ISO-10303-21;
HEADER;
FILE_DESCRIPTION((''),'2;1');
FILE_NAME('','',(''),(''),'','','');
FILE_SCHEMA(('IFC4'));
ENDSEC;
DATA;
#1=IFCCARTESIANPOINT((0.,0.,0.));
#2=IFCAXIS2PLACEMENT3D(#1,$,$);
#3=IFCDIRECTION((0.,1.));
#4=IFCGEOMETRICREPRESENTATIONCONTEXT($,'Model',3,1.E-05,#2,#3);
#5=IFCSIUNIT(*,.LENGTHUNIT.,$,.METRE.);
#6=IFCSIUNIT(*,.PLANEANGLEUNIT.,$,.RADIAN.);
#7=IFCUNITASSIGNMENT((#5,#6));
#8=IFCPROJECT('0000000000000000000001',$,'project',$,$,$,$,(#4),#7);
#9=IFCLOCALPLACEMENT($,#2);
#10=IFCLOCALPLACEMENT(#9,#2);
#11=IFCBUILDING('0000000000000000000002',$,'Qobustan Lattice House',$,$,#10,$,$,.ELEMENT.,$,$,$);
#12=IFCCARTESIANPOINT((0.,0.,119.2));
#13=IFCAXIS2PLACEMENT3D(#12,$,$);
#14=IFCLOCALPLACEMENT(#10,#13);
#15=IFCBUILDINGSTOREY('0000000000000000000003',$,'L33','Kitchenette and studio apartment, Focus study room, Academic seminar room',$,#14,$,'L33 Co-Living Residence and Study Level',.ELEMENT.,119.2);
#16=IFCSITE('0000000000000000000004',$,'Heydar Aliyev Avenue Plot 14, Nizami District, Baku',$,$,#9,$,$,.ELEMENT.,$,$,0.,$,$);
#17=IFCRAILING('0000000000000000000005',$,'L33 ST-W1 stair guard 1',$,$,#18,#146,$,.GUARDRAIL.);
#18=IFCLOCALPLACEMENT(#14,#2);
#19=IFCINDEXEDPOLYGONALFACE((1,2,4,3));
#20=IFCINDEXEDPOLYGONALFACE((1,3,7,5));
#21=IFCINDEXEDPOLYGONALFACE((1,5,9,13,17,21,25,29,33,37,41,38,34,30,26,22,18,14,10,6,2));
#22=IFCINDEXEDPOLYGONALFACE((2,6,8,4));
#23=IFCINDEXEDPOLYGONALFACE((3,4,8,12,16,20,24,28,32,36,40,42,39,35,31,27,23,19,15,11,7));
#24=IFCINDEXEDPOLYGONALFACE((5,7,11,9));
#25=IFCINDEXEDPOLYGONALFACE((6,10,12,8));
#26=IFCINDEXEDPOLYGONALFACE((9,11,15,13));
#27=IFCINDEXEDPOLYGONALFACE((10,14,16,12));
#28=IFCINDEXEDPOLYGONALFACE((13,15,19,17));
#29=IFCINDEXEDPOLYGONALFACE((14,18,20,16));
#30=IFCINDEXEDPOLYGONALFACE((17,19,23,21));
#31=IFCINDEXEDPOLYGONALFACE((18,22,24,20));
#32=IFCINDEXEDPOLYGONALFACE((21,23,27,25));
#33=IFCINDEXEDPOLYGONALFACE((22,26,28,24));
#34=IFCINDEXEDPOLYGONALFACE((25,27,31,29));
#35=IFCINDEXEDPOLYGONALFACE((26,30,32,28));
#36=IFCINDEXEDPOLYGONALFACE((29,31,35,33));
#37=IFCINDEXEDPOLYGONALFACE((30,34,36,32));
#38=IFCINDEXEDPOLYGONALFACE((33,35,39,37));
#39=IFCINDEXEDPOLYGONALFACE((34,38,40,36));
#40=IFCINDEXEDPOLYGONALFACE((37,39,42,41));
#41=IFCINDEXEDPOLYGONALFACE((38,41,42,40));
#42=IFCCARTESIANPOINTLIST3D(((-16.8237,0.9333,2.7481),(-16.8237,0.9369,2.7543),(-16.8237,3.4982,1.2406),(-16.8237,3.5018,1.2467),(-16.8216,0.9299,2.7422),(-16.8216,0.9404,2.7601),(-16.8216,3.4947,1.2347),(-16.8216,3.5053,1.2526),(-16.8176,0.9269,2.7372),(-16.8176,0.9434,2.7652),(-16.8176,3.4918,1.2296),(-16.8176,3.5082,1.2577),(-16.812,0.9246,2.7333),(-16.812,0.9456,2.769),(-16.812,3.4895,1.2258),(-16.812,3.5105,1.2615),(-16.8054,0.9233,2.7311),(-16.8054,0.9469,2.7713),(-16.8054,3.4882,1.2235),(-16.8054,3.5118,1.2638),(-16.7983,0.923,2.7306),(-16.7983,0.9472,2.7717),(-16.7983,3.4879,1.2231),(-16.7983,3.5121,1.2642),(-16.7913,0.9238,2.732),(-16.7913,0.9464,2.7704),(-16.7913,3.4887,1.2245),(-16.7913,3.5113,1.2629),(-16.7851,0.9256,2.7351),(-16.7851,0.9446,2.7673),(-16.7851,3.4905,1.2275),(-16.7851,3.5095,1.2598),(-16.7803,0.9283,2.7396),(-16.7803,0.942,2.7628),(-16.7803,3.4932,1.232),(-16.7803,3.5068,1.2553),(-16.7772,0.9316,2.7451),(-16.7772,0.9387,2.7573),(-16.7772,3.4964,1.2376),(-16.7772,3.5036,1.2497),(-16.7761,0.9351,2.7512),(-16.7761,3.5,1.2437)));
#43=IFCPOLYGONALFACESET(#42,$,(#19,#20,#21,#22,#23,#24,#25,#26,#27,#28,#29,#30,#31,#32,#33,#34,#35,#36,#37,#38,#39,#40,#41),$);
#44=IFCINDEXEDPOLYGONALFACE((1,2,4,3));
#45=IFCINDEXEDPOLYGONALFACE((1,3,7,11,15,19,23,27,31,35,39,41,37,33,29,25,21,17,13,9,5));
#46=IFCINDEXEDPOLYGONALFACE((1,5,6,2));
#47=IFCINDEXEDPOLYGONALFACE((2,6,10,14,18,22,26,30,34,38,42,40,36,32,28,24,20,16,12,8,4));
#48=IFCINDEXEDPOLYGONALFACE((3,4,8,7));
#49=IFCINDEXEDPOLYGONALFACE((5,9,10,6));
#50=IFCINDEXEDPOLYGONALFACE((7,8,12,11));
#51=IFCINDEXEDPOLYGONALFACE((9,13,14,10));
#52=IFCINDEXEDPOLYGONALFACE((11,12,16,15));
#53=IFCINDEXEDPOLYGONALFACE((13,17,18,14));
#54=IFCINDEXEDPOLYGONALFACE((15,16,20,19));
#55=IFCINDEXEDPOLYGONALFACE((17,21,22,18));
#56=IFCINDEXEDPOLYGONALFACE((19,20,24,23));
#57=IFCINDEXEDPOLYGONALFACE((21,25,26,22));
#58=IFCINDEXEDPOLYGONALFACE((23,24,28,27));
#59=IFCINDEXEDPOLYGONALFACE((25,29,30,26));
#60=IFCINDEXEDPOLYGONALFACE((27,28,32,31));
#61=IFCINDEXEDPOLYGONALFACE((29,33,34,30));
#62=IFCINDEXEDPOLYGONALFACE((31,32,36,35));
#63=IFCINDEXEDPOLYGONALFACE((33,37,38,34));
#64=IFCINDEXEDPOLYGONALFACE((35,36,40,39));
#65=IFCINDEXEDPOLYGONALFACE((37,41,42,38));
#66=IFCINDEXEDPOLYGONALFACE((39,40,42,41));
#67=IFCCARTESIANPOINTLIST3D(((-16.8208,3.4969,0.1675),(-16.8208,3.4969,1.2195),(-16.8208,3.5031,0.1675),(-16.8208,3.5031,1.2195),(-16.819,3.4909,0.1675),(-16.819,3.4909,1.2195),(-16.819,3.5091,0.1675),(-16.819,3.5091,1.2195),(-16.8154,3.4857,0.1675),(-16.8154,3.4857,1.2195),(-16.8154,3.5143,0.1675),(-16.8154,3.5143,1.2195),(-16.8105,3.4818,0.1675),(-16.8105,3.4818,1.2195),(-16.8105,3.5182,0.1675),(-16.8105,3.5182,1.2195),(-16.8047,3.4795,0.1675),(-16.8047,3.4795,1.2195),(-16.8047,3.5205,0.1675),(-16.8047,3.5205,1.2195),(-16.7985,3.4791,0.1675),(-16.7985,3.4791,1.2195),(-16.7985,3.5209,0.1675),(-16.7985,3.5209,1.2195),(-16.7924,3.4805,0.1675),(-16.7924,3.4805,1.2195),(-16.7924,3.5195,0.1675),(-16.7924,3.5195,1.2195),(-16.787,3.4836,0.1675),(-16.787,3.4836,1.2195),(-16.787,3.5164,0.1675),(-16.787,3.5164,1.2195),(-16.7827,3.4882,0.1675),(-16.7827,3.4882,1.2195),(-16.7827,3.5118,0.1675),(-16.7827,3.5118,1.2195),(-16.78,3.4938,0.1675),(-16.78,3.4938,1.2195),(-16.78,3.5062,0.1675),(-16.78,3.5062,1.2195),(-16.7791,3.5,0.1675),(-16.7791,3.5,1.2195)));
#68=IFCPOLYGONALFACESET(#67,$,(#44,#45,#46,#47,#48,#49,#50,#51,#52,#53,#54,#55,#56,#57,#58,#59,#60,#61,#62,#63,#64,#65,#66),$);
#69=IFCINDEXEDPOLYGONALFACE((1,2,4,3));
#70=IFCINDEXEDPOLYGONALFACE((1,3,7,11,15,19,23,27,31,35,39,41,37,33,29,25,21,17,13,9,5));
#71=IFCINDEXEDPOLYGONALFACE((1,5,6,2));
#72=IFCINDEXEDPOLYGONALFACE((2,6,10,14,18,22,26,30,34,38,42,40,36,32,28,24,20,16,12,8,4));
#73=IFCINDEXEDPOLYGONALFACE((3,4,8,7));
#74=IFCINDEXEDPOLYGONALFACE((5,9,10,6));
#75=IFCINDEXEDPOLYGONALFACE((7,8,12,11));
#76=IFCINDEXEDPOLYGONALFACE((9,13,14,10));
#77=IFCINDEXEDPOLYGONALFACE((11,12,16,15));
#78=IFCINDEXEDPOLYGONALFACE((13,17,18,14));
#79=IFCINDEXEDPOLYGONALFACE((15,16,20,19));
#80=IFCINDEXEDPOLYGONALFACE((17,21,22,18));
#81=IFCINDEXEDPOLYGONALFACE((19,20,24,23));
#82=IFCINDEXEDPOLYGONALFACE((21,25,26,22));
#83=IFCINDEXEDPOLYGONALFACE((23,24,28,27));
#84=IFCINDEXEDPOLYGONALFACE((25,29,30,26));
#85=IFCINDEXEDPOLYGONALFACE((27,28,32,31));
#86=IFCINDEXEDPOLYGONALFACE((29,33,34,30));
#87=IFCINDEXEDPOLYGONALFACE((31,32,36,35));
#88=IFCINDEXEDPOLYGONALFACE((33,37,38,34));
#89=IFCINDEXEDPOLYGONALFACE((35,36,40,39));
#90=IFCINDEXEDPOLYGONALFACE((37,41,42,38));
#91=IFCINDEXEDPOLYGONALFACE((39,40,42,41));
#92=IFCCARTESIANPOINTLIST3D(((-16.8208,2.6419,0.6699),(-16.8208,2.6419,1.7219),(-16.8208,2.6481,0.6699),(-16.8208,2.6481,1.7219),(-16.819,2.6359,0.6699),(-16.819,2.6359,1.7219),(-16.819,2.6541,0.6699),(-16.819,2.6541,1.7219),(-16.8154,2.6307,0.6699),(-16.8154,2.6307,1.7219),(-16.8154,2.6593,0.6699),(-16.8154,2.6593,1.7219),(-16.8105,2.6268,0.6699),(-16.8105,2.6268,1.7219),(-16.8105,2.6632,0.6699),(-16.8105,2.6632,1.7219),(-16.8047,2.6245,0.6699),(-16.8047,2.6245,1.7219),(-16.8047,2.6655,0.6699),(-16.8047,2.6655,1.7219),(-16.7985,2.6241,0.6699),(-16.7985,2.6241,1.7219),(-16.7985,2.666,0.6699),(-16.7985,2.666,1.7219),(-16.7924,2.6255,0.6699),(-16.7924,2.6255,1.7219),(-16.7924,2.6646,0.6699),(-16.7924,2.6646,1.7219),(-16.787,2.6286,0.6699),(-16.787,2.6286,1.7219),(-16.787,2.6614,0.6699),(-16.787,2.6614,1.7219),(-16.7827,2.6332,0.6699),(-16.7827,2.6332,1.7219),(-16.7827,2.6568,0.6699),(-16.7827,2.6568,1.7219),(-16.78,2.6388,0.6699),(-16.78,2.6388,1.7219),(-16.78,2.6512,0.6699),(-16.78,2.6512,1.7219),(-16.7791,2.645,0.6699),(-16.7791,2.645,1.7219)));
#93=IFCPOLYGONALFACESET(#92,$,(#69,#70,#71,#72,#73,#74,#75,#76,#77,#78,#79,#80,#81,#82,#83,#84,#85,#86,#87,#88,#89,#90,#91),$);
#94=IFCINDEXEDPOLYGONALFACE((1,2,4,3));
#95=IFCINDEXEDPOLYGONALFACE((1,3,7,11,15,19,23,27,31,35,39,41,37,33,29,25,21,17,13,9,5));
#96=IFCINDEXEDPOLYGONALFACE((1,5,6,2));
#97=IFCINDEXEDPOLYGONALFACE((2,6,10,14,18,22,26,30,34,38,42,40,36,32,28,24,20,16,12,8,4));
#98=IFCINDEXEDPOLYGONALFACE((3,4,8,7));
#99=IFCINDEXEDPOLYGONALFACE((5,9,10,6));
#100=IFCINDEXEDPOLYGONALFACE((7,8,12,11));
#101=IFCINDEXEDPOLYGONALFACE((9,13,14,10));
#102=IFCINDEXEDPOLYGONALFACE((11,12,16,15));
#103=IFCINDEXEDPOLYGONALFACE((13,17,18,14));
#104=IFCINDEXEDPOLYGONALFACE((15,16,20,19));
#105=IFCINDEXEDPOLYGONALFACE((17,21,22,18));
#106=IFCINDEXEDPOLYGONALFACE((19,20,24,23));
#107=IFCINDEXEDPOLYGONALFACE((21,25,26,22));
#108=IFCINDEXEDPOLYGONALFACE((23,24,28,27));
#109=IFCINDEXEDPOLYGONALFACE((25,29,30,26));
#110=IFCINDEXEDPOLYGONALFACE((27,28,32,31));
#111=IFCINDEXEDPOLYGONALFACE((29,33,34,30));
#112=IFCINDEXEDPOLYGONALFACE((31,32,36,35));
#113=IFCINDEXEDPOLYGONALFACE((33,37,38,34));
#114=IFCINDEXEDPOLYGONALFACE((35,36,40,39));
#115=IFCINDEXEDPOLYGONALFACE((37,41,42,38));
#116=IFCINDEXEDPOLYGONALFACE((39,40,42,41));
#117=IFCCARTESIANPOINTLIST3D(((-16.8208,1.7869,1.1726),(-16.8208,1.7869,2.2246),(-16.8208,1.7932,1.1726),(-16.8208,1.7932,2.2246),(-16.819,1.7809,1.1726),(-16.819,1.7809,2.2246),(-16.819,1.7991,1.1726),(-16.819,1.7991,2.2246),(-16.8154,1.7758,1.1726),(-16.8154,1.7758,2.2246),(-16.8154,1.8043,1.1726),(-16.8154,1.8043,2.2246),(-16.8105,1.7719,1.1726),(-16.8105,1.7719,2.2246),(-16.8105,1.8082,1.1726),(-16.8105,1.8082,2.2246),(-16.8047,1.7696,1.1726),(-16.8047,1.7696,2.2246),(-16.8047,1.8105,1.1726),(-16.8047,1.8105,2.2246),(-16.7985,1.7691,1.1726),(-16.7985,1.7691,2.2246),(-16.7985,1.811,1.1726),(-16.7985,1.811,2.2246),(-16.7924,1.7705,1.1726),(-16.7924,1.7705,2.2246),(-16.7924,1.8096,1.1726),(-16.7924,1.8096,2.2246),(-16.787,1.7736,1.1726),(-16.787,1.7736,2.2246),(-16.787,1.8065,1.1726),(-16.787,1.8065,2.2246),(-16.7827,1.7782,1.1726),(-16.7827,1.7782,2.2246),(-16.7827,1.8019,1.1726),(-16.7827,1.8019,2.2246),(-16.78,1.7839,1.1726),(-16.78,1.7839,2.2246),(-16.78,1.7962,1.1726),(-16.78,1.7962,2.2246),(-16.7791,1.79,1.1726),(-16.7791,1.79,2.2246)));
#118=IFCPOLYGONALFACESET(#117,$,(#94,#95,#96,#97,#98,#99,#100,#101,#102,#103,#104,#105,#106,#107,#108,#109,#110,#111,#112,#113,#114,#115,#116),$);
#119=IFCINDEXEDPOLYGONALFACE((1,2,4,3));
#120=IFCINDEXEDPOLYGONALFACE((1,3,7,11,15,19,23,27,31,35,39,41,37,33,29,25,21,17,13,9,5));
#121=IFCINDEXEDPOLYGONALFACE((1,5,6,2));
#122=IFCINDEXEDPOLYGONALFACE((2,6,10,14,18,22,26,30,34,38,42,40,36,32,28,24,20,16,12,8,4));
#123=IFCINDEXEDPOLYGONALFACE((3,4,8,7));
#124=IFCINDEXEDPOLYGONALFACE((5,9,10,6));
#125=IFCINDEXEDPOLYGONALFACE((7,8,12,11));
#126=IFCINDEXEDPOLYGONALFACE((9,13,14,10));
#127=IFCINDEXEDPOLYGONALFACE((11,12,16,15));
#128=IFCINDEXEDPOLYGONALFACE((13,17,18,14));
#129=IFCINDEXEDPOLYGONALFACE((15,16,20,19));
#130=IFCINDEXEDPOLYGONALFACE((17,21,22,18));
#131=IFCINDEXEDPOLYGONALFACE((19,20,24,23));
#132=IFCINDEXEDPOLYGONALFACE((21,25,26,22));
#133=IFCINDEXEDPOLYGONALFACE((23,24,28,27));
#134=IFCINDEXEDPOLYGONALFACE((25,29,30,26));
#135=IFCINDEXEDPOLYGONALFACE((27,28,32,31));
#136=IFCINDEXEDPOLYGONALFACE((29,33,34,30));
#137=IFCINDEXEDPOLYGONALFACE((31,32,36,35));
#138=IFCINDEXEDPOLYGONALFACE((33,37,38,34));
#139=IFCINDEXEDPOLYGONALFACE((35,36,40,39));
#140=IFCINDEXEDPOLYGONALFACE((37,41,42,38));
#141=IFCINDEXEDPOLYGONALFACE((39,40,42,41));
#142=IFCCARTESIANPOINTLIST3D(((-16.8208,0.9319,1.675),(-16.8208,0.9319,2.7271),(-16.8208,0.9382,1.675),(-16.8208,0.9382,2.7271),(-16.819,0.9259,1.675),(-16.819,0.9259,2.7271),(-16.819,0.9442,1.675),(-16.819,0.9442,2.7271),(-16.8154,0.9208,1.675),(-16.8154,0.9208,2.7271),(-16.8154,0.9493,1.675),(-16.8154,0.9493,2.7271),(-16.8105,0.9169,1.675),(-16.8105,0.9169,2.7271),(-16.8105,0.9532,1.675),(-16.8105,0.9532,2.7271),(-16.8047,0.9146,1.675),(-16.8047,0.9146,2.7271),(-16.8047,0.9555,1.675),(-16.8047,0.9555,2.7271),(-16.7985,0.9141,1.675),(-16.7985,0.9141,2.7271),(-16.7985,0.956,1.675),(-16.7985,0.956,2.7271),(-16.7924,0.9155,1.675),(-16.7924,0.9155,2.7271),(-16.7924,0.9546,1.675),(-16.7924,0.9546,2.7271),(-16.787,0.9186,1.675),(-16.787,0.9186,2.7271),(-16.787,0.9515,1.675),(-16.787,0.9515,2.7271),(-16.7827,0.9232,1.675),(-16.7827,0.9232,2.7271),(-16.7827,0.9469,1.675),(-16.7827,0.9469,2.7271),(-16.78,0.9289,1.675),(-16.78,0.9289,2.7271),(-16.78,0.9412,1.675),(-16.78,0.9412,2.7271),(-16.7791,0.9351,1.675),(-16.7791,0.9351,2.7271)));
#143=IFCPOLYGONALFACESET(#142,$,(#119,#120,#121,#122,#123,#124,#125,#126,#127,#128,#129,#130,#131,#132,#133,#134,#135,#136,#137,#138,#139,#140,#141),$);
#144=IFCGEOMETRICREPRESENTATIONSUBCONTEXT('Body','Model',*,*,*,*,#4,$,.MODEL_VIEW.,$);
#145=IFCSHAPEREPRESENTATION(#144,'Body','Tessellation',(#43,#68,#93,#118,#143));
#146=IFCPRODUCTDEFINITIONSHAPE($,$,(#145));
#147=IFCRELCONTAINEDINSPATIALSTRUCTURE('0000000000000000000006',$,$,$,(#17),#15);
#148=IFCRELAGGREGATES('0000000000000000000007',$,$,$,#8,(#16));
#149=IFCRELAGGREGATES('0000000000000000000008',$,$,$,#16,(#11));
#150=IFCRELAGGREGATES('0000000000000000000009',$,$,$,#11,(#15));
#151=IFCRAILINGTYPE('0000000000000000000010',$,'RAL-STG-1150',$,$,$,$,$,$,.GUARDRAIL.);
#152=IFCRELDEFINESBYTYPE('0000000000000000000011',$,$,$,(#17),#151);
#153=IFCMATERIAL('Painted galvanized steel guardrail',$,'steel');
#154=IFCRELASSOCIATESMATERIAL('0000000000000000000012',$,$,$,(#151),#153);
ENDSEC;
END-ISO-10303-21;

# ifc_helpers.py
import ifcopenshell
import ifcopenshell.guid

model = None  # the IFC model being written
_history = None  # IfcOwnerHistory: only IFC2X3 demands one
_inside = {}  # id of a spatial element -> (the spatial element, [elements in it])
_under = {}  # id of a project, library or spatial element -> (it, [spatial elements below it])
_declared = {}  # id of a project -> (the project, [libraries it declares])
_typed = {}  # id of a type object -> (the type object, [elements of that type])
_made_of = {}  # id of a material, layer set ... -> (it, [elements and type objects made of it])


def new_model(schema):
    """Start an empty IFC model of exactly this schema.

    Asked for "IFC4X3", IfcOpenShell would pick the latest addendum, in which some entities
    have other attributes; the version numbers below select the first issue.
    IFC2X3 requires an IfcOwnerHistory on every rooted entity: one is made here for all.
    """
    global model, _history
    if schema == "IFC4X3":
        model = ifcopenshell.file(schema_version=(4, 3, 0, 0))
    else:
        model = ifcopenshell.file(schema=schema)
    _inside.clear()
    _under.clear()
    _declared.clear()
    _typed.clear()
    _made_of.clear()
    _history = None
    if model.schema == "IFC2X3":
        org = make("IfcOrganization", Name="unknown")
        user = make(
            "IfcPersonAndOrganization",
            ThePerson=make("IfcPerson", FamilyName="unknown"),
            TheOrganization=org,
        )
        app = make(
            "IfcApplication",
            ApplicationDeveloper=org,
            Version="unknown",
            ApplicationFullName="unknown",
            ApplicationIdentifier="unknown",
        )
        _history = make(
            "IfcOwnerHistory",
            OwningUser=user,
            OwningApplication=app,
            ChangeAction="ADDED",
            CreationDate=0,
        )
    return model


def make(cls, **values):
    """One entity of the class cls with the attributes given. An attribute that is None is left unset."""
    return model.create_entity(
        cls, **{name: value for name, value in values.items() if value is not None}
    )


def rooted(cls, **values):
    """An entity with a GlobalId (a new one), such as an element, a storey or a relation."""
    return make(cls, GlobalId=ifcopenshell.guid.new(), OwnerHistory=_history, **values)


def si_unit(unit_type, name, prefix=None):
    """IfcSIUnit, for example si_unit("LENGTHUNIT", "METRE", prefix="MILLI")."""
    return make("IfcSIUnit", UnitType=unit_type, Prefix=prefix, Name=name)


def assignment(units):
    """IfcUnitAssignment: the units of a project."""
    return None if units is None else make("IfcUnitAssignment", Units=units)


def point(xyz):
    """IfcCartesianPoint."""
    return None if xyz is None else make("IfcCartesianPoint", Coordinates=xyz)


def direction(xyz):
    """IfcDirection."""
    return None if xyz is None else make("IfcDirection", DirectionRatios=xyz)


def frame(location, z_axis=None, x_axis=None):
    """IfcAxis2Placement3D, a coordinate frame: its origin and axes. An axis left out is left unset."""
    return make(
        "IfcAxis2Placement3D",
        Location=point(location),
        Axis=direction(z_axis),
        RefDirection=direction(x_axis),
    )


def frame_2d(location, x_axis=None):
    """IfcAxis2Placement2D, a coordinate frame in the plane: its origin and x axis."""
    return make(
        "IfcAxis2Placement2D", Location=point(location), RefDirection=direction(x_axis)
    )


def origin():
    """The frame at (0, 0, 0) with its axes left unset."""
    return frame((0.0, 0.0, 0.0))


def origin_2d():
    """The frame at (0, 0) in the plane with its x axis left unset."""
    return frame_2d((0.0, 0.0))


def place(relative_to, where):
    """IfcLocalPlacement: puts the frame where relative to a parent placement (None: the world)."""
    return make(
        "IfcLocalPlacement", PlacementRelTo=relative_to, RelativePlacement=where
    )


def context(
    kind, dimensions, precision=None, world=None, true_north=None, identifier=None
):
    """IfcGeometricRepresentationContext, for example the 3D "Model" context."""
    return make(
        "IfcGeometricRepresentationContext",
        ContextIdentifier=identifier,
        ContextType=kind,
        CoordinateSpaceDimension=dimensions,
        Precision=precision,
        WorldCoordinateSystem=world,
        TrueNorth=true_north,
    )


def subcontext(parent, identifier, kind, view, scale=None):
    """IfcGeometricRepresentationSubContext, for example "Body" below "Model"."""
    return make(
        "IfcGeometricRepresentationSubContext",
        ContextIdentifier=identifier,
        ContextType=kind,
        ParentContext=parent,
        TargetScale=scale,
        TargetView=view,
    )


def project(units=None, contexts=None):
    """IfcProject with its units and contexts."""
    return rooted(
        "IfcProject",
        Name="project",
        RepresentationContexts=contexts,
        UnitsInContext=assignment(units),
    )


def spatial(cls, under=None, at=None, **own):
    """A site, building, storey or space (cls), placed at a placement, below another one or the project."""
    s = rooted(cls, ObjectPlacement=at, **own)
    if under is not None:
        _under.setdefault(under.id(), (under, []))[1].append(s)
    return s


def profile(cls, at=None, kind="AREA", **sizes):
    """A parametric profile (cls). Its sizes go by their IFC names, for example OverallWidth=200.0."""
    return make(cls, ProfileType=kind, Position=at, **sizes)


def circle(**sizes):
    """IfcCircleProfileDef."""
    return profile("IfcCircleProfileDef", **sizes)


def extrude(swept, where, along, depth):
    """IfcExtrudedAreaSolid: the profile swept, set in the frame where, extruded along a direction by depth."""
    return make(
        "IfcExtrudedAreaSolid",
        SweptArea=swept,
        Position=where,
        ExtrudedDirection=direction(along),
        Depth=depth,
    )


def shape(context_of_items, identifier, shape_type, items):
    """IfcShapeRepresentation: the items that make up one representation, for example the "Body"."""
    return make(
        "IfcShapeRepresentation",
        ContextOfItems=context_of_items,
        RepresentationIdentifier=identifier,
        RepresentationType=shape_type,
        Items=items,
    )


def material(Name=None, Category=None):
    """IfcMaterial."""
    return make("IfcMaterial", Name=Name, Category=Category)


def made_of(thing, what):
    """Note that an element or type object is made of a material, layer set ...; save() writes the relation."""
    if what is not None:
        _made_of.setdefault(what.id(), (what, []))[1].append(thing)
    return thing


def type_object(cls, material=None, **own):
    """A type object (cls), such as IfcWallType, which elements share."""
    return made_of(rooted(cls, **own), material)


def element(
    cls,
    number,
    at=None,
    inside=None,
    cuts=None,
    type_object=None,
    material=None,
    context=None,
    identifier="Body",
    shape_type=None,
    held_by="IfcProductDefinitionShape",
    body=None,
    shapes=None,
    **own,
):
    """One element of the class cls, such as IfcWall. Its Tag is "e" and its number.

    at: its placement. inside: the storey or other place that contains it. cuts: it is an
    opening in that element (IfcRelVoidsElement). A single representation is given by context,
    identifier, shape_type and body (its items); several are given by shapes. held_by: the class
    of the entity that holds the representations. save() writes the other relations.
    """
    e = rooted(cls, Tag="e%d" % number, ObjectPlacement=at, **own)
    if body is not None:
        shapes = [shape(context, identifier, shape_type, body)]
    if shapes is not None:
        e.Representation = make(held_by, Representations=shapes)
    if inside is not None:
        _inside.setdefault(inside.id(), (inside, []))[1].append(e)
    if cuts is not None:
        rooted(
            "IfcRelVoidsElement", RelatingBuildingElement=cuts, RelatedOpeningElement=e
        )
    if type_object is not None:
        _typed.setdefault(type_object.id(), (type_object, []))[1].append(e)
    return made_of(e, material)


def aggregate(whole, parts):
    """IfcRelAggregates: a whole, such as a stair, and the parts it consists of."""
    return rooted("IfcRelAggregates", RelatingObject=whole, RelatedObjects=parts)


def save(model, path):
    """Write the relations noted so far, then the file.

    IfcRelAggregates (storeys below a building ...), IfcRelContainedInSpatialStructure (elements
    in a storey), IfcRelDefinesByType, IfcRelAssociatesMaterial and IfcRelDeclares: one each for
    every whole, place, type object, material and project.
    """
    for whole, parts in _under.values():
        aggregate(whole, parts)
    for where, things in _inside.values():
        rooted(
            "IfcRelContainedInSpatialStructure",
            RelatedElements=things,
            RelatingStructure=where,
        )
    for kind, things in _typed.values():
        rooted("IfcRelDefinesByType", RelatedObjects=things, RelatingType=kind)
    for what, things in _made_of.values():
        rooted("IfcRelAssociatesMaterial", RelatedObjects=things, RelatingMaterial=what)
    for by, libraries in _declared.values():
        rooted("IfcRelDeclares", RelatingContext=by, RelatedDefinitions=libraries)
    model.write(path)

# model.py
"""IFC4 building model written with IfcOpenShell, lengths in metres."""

from ifc_helpers import new_model, si_unit, direction, frame, origin, origin_2d, place, context, subcontext, project, spatial, circle, extrude, material, type_object, element, save


model = new_model("IFC4")

# Units and contexts
model_context = context("Model", 3, precision=1e-05, world=origin(), true_north=direction((0.0, 1.0)))
body_context = subcontext(model_context, "Body", "Model", "MODEL_VIEW")
ifc_project = project(units=[si_unit("LENGTHUNIT", "METRE"), si_unit("PLANEANGLEUNIT", "RADIAN")], contexts=[model_context])

# Site, building, storey
site_placement = place(None, origin())
site = spatial("IfcSite", under=ifc_project, at=site_placement, Name="Heydar Aliyev Avenue Plot 14, Nizami District, Baku", CompositionType="ELEMENT", RefElevation=0.0)
building_placement = place(site_placement, origin())
building = spatial("IfcBuilding", under=site, at=building_placement, Name="Qobustan Lattice House", CompositionType="ELEMENT")
storey_placement = place(building_placement, frame((0.0, 0.0, 119.2)))
storey = spatial("IfcBuildingStorey", under=building, at=storey_placement, Name="L33", Description="Kitchenette and studio apartment, Focus study room, Academic seminar room", LongName="L33 Co-Living Residence and Study Level", CompositionType="ELEMENT", Elevation=119.2)

# Railing
ifc_material_1 = material(Name="Painted galvanized steel guardrail", Category="steel")
railing_type_1 = type_object("IfcRailingType", Name="RAL-STG-1150", PredefinedType="GUARDRAIL", material=ifc_material_1)
railing_1_placement = place(storey_placement, frame((-16.8, 3.5, 0.1675)))
element("IfcRailing", 1, at=railing_1_placement, inside=storey, type_object=railing_type_1, Name="L33 ST-W1 stair guard 1", PredefinedType="GUARDRAIL", context=body_context, shape_type="SweptSolid", body=[
    extrude(circle(Radius=0.0239, at=origin_2d()), frame((0.0, 0.0, 1.0762), z_axis=(0.0, -0.862113, 0.506715), x_axis=(1.0, 0.0, 0.0)), (0.0, 0.0, 1.0), 2.9751),
    extrude(circle(Radius=0.021, at=origin_2d()), origin(), (0.0, 0.0, 1.0), 1.052),
    extrude(circle(Radius=0.021, at=origin_2d()), frame((0.0, -0.855, 0.5024)), (0.0, 0.0, 1.0), 1.052),
    extrude(circle(Radius=0.021, at=origin_2d()), frame((0.0, -1.71, 1.0051)), (0.0, 0.0, 1.0), 1.052),
    extrude(circle(Radius=0.021, at=origin_2d()), frame((0.0, -2.5649, 1.5076)), (0.0, 0.0, 1.0), 1.052),
])

save(model, "model.ifc")
